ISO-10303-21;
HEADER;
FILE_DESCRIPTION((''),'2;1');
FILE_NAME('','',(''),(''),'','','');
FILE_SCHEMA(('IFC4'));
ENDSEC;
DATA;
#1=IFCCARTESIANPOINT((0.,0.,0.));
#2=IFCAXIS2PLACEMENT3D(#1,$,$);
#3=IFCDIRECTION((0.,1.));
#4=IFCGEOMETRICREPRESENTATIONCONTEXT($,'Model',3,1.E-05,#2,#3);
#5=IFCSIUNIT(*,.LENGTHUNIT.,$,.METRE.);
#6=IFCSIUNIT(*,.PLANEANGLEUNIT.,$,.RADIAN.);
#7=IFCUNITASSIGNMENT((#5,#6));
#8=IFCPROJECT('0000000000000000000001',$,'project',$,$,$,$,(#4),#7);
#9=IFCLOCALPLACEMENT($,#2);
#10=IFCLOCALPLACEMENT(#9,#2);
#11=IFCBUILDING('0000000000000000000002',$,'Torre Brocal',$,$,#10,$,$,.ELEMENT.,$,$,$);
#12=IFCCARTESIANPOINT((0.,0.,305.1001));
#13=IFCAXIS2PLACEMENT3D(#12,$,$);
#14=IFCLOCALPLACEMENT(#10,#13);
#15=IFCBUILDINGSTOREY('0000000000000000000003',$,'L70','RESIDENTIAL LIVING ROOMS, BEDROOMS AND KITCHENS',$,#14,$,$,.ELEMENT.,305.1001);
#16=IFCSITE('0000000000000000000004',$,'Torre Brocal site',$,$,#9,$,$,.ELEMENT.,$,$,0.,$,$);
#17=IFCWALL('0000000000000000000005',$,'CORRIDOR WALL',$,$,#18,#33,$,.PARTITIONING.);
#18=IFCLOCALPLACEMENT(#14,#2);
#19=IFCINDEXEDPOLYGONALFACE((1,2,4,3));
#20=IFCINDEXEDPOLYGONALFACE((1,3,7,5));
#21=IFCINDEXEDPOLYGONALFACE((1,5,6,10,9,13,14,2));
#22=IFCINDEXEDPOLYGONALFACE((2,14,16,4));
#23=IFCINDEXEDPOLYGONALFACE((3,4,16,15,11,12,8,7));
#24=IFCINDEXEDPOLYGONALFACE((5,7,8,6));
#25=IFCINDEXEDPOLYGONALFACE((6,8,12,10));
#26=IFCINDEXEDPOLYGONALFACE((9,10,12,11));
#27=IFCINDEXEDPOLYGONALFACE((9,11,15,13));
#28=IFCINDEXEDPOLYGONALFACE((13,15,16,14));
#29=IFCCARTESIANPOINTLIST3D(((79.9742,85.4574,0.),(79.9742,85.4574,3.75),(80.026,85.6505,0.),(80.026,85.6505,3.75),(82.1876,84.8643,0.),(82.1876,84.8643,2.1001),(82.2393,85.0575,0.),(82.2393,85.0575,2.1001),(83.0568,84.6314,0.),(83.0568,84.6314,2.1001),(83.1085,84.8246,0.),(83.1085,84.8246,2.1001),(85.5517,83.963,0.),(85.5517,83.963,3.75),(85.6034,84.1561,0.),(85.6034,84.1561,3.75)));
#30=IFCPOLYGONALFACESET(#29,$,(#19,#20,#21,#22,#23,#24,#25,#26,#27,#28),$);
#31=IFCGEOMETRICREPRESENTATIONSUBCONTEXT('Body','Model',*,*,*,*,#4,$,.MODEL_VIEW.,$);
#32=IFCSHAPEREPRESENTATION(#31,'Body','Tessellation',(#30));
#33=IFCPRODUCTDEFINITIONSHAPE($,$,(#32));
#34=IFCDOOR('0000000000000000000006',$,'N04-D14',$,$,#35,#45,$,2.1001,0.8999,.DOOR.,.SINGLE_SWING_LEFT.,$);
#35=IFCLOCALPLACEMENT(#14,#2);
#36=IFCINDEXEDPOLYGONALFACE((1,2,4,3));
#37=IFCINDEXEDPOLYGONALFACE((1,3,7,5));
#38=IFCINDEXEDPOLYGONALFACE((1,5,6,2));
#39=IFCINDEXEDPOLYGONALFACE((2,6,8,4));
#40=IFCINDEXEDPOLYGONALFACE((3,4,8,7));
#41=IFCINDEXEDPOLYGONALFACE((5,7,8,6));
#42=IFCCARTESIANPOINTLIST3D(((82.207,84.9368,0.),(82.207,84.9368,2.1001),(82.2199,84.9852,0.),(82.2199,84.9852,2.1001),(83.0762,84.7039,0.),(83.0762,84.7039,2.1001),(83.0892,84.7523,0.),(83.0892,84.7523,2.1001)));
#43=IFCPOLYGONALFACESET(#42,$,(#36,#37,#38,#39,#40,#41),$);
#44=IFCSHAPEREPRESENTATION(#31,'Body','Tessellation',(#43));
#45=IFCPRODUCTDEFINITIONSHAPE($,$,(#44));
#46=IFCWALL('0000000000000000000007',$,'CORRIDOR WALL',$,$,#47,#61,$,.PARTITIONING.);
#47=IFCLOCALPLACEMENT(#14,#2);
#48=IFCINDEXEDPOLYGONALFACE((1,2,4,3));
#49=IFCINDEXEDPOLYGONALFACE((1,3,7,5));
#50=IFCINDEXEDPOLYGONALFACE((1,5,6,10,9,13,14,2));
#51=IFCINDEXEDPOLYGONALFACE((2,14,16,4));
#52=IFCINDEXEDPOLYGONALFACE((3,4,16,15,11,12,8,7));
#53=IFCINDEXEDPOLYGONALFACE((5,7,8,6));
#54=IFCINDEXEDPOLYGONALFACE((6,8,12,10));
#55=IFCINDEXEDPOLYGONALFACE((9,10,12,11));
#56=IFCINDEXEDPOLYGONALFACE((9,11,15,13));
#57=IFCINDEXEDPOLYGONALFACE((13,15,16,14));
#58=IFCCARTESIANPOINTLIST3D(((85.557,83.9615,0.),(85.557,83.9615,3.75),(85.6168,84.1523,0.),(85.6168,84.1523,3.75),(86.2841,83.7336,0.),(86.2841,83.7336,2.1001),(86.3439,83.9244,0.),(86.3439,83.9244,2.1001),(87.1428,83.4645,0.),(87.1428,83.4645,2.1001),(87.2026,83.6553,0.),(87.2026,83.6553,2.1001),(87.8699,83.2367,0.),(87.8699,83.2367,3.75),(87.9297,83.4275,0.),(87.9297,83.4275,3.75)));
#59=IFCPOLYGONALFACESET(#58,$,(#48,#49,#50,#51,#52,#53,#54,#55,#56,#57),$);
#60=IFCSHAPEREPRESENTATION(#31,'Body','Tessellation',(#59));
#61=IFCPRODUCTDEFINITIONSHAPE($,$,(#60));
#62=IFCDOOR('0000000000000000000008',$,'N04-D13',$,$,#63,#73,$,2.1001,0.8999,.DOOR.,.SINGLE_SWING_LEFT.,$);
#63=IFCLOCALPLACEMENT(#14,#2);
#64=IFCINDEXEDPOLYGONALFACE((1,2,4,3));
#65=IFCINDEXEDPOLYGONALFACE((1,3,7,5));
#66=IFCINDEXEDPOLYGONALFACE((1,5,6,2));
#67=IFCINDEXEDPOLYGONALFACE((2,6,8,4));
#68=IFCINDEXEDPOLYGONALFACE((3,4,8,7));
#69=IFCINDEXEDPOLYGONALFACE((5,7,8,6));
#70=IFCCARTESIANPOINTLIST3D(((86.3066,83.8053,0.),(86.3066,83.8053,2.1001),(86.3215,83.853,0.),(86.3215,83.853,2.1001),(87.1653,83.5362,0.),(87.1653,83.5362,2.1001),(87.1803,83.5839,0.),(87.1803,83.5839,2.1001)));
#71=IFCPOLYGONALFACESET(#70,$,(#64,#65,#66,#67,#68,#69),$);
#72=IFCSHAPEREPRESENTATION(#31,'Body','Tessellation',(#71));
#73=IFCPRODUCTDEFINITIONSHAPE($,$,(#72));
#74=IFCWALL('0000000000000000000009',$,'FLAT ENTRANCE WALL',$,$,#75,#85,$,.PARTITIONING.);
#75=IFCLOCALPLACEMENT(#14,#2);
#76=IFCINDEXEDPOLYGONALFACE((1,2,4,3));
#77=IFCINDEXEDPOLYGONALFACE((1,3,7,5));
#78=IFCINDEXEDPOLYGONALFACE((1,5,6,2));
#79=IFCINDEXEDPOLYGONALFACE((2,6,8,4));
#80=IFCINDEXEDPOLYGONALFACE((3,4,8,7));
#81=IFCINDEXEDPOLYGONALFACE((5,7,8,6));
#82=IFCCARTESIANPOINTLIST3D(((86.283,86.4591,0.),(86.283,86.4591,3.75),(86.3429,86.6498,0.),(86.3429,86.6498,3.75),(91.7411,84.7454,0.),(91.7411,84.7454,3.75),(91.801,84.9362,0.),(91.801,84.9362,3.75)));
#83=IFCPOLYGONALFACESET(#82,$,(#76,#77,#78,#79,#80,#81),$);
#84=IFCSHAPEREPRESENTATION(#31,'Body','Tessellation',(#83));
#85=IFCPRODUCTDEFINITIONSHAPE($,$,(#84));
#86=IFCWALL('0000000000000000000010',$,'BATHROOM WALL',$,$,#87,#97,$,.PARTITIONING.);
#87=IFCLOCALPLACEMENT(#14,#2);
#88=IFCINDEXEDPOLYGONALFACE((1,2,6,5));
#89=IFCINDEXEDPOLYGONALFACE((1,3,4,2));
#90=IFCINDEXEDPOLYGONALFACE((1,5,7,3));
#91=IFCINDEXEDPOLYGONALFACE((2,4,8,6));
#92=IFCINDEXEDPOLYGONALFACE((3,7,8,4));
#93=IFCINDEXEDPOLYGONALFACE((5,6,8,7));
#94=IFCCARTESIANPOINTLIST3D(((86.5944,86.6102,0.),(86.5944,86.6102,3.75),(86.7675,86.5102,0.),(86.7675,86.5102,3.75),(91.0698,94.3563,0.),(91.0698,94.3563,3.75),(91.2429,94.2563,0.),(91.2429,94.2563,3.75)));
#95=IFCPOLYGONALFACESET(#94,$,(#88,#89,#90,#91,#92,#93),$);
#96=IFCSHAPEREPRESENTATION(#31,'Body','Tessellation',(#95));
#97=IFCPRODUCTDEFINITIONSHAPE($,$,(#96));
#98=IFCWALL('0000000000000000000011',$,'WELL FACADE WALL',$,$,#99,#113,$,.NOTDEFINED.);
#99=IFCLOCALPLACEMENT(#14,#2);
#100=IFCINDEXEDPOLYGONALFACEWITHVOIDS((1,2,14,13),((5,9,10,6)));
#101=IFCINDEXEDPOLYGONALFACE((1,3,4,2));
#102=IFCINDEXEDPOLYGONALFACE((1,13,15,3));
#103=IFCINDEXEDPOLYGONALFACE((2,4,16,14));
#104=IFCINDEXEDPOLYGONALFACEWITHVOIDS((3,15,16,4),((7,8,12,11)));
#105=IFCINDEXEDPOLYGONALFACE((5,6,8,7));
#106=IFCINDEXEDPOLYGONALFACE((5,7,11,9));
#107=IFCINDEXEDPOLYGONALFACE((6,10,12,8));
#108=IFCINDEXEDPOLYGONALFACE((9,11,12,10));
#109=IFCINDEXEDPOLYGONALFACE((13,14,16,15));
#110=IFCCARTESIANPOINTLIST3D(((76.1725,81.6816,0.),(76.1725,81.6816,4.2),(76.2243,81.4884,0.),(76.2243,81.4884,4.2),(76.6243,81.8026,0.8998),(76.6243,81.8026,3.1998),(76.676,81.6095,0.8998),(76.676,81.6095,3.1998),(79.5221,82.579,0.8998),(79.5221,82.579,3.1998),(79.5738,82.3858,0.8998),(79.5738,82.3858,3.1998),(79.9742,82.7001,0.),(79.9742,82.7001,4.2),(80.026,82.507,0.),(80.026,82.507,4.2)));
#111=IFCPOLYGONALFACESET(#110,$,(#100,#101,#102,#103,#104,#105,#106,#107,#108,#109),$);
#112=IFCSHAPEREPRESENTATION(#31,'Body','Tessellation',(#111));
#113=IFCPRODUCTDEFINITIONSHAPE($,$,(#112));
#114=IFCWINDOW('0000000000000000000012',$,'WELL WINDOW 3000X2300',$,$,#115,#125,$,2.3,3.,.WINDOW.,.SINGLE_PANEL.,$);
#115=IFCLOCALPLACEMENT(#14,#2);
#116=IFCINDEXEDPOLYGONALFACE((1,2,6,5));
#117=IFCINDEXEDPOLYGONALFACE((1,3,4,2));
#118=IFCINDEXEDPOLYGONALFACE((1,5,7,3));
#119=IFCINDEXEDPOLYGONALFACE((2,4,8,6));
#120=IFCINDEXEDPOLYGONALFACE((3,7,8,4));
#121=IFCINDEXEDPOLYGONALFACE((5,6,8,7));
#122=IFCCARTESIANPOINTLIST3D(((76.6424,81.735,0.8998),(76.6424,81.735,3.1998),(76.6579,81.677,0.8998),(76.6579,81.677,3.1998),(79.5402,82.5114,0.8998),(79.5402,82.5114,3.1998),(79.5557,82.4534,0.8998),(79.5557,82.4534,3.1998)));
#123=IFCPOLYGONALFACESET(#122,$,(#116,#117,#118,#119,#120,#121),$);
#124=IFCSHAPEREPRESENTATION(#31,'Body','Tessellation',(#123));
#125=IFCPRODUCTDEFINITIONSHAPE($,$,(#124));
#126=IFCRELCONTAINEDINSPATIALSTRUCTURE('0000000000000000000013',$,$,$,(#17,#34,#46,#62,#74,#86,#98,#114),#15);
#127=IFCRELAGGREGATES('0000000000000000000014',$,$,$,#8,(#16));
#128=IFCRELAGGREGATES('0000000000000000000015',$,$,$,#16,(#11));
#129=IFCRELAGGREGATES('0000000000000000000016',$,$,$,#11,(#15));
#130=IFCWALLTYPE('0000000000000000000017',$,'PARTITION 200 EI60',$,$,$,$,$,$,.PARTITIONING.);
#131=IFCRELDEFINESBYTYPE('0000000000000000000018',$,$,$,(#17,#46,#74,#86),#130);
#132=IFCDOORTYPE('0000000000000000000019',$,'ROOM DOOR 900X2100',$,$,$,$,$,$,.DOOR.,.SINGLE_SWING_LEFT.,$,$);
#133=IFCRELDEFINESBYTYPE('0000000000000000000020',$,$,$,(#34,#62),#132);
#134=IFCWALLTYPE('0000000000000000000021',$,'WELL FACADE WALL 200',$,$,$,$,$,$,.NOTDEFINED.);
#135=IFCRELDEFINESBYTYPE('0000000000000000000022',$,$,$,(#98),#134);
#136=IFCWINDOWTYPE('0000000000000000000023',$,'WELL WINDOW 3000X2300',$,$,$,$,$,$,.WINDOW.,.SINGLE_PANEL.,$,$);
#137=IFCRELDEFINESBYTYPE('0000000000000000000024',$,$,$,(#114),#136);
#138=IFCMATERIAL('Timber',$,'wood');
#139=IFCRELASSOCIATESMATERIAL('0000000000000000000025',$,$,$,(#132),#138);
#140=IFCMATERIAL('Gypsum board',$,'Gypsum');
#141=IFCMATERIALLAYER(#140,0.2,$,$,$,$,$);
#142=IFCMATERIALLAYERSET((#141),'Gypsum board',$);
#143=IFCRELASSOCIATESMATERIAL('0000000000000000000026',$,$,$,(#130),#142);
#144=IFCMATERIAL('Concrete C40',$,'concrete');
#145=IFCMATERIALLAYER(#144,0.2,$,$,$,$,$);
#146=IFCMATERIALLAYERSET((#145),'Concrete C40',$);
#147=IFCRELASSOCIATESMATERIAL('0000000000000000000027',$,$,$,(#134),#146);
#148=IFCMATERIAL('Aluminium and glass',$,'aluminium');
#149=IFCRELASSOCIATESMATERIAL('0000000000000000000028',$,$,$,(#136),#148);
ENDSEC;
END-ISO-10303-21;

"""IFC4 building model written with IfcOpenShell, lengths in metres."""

from ifc_helpers import new_model, si_unit, direction, frame, frame_2d, origin, place, context, subcontext, project, spatial, rectangle, extrude, material, layer, layer_set, type_object, element, fill, save


model = new_model("IFC4")

# Units and contexts
model_context = context("Model", 3, precision=1e-05, world=origin(), true_north=direction((0.0, 1.0)))
body_context = subcontext(model_context, "Body", "Model", "MODEL_VIEW")
ifc_project = project(units=[si_unit("LENGTHUNIT", "METRE"), si_unit("PLANEANGLEUNIT", "RADIAN")], contexts=[model_context])

# Site, building, storey
site_placement = place(None, origin())
site = spatial("IfcSite", under=ifc_project, at=site_placement, Name="Torre Brocal site", CompositionType="ELEMENT", RefElevation=0.0)
building_placement = place(site_placement, origin())
building = spatial("IfcBuilding", under=site, at=building_placement, Name="Torre Brocal", CompositionType="ELEMENT")
storey_placement = place(building_placement, frame((0.0, 0.0, 305.1001)))
storey = spatial("IfcBuildingStorey", under=building, at=storey_placement, Name="L70", Description="RESIDENTIAL LIVING ROOMS, BEDROOMS AND KITCHENS", CompositionType="ELEMENT", Elevation=305.1001)

# Shared definitions
ifc_material_1 = material(Name="Timber", Category="wood")
door_type_1 = type_object("IfcDoorType", Name="ROOM DOOR 900X2100", OperationType="SINGLE_SWING_LEFT", PredefinedType="DOOR", material=ifc_material_1)

# Shared definitions
ifc_material_2 = material(Name="Gypsum board", Category="Gypsum")
ifc_layer_1 = layer(ifc_material_2, 0.2)
ifc_layer_set_1 = layer_set([ifc_layer_1], Name="Gypsum board")
wall_type_1 = type_object("IfcWallType", Name="PARTITION 200 EI60", PredefinedType="PARTITIONING", material=ifc_layer_set_1)

# Walls, openings, doors
wall_1_placement = place(storey_placement, frame((80.0, 85.554, 0.0), z_axis=(0.0, 0.0, 1.0), x_axis=(0.965929, -0.258807, 0.0)))
wall_1 = element("IfcWall", 1, at=wall_1_placement, inside=storey, type_object=wall_type_1, Name="CORRIDOR WALL", PredefinedType="PARTITIONING", context=body_context, shape_type="SweptSolid", body=[
    extrude(rectangle(XDim=5.7742, YDim=0.2, at=frame_2d((2.8872, 0.0))), origin(), (0.0, 0.0, 1.0), 3.75),
])
opening_1_placement = place(wall_1_placement, frame((2.2915, 0.0, 0.0)))
opening_1 = element("IfcOpeningElement", 2, at=opening_1_placement, cuts=wall_1, PredefinedType="OPENING", context=body_context, shape_type="SweptSolid", body=[
    extrude(rectangle(XDim=0.8999, YDim=2.1001, at=frame_2d((0.45, 1.05))), frame((0.0, 0.1099, 0.0), z_axis=(0.0, -1.0, 0.0), x_axis=(1.0, 0.0, 0.0)), (0.0, 0.0, 1.0), 0.22),
])
door_1_placement = place(opening_1_placement, frame((0.8999, 0.0, 0.0), z_axis=(0.0, 0.0, 1.0), x_axis=(-1.0, 0.0, 0.0)))
door_1 = element("IfcDoor", 3, at=door_1_placement, inside=storey, type_object=door_type_1, Name="N04-D14", OperationType="SINGLE_SWING_LEFT", OverallHeight=2.1001, OverallWidth=0.8999, PredefinedType="DOOR", context=body_context, shape_type="SweptSolid", body=[
    extrude(rectangle(XDim=0.8999, YDim=2.1001, at=frame_2d((0.45, 1.05))), frame((0.0, 0.0249, 0.0), z_axis=(0.0, -1.0, 0.0), x_axis=(1.0, 0.0, 0.0)), (0.0, 0.0, 1.0), 0.05),
])
fill(opening_1, door_1)
wall_2_placement = place(storey_placement, frame((85.5869, 84.0569, 0.0), z_axis=(0.0, 0.0, 1.0), x_axis=(0.95424, -0.299043, 0.0)))
wall_2 = element("IfcWall", 4, at=wall_2_placement, inside=storey, type_object=wall_type_1, Name="CORRIDOR WALL", PredefinedType="PARTITIONING", context=body_context, shape_type="SweptSolid", body=[
    extrude(rectangle(XDim=2.4238, YDim=0.2, at=frame_2d((1.2119, 0.0))), origin(), (0.0, 0.0, 1.0), 3.75),
])
opening_2_placement = place(wall_2_placement, frame((0.762, 0.0, 0.0)))
opening_2 = element("IfcOpeningElement", 5, at=opening_2_placement, cuts=wall_2, PredefinedType="OPENING", context=body_context, shape_type="SweptSolid", body=[
    extrude(rectangle(XDim=0.8999, YDim=2.1001, at=frame_2d((0.45, 1.05))), frame((0.0, 0.1099, 0.0), z_axis=(0.0, -1.0, 0.0), x_axis=(1.0, 0.0, 0.0)), (0.0, 0.0, 1.0), 0.22),
])
door_2_placement = place(opening_2_placement, frame((0.8999, 0.0, 0.0), z_axis=(0.0, 0.0, 1.0), x_axis=(-1.0, 0.0, 0.0)))
door_2 = element("IfcDoor", 6, at=door_2_placement, inside=storey, type_object=door_type_1, Name="N04-D13", OperationType="SINGLE_SWING_LEFT", OverallHeight=2.1001, OverallWidth=0.8999, PredefinedType="DOOR", context=body_context, shape_type="SweptSolid", body=[
    extrude(rectangle(XDim=0.8999, YDim=2.1001, at=frame_2d((0.45, 1.05))), frame((0.0, 0.0249, 0.0), z_axis=(0.0, -1.0, 0.0), x_axis=(1.0, 0.0, 0.0)), (0.0, 0.0, 1.0), 0.05),
])
fill(opening_2, door_2)

# Walls
wall_3_placement = place(storey_placement, frame((86.313, 86.5544, 0.0), z_axis=(0.0, 0.0, 1.0), x_axis=(0.954081, -0.299548, 0.0)))
element("IfcWall", 7, at=wall_3_placement, inside=storey, type_object=wall_type_1, Name="FLAT ENTRANCE WALL", PredefinedType="PARTITIONING", context=body_context, shape_type="SweptSolid", body=[
    extrude(rectangle(XDim=5.7207, YDim=0.2, at=frame_2d((2.8604, 0.0))), origin(), (0.0, 0.0, 1.0), 3.75),
])
wall_4_placement = place(storey_placement, frame((86.6809, 86.5601, 0.0), z_axis=(0.0, 0.0, 1.0), x_axis=(0.500263, 0.865874, 0.0)))
element("IfcWall", 8, at=wall_4_placement, inside=storey, type_object=wall_type_1, Name="BATHROOM WALL", PredefinedType="PARTITIONING", context=body_context, shape_type="SweptSolid", body=[
    extrude(rectangle(XDim=8.946, YDim=0.2, at=frame_2d((4.4731, 0.0))), origin(), (0.0, 0.0, 1.0), 3.75),
])

# Wall, opening, window
ifc_material_3 = material(Name="Concrete C40", Category="concrete")
ifc_layer_2 = layer(ifc_material_3, 0.2)
ifc_layer_set_2 = layer_set([ifc_layer_2], Name="Concrete C40")
wall_type_2 = type_object("IfcWallType", Name="WELL FACADE WALL 200", PredefinedType="NOTDEFINED", material=ifc_layer_set_2)
wall_5_placement = place(storey_placement, frame((80.0, 82.6035, 0.0), z_axis=(0.0, 0.0, 1.0), x_axis=(-0.965934, -0.25879, 0.0)))
wall_5 = element("IfcWall", 9, at=wall_5_placement, inside=storey, type_object=wall_type_2, Name="WELL FACADE WALL", PredefinedType="NOTDEFINED", context=body_context, shape_type="SweptSolid", body=[
    extrude(rectangle(XDim=3.9358, YDim=0.2, at=frame_2d((1.9678, 0.0))), origin(), (0.0, 0.0, 1.0), 4.2),
])
opening_3_placement = place(wall_5_placement, frame((0.468, 0.0, 0.8999)))
opening_3 = element("IfcOpeningElement", 10, at=opening_3_placement, cuts=wall_5, PredefinedType="OPENING", context=body_context, shape_type="SweptSolid", body=[
    extrude(rectangle(XDim=3.0, YDim=2.3, at=frame_2d((1.5, 1.1499))), frame((0.0, 0.1099, 0.0), z_axis=(0.0, -1.0, 0.0), x_axis=(1.0, 0.0, 0.0)), (0.0, 0.0, 1.0), 0.22),
])
ifc_material_4 = material(Name="Aluminium and glass", Category="aluminium")
window_type = type_object("IfcWindowType", Name="WELL WINDOW 3000X2300", PartitioningType="SINGLE_PANEL", PredefinedType="WINDOW", material=ifc_material_4)
window_placement = place(opening_3_placement, origin())
window = element("IfcWindow", 11, at=window_placement, inside=storey, type_object=window_type, Name="WELL WINDOW 3000X2300", OverallHeight=2.3, OverallWidth=3.0, PartitioningType="SINGLE_PANEL", PredefinedType="WINDOW", context=body_context, shape_type="SweptSolid", body=[
    extrude(rectangle(XDim=3.0, YDim=2.3, at=frame_2d((1.5, 1.1499))), frame((0.0, 0.03, 0.0), z_axis=(0.0, -1.0, 0.0), x_axis=(1.0, 0.0, 0.0)), (0.0, 0.0, 1.0), 0.0601),
])
fill(opening_3, window)

save(model, "model.ifc")
